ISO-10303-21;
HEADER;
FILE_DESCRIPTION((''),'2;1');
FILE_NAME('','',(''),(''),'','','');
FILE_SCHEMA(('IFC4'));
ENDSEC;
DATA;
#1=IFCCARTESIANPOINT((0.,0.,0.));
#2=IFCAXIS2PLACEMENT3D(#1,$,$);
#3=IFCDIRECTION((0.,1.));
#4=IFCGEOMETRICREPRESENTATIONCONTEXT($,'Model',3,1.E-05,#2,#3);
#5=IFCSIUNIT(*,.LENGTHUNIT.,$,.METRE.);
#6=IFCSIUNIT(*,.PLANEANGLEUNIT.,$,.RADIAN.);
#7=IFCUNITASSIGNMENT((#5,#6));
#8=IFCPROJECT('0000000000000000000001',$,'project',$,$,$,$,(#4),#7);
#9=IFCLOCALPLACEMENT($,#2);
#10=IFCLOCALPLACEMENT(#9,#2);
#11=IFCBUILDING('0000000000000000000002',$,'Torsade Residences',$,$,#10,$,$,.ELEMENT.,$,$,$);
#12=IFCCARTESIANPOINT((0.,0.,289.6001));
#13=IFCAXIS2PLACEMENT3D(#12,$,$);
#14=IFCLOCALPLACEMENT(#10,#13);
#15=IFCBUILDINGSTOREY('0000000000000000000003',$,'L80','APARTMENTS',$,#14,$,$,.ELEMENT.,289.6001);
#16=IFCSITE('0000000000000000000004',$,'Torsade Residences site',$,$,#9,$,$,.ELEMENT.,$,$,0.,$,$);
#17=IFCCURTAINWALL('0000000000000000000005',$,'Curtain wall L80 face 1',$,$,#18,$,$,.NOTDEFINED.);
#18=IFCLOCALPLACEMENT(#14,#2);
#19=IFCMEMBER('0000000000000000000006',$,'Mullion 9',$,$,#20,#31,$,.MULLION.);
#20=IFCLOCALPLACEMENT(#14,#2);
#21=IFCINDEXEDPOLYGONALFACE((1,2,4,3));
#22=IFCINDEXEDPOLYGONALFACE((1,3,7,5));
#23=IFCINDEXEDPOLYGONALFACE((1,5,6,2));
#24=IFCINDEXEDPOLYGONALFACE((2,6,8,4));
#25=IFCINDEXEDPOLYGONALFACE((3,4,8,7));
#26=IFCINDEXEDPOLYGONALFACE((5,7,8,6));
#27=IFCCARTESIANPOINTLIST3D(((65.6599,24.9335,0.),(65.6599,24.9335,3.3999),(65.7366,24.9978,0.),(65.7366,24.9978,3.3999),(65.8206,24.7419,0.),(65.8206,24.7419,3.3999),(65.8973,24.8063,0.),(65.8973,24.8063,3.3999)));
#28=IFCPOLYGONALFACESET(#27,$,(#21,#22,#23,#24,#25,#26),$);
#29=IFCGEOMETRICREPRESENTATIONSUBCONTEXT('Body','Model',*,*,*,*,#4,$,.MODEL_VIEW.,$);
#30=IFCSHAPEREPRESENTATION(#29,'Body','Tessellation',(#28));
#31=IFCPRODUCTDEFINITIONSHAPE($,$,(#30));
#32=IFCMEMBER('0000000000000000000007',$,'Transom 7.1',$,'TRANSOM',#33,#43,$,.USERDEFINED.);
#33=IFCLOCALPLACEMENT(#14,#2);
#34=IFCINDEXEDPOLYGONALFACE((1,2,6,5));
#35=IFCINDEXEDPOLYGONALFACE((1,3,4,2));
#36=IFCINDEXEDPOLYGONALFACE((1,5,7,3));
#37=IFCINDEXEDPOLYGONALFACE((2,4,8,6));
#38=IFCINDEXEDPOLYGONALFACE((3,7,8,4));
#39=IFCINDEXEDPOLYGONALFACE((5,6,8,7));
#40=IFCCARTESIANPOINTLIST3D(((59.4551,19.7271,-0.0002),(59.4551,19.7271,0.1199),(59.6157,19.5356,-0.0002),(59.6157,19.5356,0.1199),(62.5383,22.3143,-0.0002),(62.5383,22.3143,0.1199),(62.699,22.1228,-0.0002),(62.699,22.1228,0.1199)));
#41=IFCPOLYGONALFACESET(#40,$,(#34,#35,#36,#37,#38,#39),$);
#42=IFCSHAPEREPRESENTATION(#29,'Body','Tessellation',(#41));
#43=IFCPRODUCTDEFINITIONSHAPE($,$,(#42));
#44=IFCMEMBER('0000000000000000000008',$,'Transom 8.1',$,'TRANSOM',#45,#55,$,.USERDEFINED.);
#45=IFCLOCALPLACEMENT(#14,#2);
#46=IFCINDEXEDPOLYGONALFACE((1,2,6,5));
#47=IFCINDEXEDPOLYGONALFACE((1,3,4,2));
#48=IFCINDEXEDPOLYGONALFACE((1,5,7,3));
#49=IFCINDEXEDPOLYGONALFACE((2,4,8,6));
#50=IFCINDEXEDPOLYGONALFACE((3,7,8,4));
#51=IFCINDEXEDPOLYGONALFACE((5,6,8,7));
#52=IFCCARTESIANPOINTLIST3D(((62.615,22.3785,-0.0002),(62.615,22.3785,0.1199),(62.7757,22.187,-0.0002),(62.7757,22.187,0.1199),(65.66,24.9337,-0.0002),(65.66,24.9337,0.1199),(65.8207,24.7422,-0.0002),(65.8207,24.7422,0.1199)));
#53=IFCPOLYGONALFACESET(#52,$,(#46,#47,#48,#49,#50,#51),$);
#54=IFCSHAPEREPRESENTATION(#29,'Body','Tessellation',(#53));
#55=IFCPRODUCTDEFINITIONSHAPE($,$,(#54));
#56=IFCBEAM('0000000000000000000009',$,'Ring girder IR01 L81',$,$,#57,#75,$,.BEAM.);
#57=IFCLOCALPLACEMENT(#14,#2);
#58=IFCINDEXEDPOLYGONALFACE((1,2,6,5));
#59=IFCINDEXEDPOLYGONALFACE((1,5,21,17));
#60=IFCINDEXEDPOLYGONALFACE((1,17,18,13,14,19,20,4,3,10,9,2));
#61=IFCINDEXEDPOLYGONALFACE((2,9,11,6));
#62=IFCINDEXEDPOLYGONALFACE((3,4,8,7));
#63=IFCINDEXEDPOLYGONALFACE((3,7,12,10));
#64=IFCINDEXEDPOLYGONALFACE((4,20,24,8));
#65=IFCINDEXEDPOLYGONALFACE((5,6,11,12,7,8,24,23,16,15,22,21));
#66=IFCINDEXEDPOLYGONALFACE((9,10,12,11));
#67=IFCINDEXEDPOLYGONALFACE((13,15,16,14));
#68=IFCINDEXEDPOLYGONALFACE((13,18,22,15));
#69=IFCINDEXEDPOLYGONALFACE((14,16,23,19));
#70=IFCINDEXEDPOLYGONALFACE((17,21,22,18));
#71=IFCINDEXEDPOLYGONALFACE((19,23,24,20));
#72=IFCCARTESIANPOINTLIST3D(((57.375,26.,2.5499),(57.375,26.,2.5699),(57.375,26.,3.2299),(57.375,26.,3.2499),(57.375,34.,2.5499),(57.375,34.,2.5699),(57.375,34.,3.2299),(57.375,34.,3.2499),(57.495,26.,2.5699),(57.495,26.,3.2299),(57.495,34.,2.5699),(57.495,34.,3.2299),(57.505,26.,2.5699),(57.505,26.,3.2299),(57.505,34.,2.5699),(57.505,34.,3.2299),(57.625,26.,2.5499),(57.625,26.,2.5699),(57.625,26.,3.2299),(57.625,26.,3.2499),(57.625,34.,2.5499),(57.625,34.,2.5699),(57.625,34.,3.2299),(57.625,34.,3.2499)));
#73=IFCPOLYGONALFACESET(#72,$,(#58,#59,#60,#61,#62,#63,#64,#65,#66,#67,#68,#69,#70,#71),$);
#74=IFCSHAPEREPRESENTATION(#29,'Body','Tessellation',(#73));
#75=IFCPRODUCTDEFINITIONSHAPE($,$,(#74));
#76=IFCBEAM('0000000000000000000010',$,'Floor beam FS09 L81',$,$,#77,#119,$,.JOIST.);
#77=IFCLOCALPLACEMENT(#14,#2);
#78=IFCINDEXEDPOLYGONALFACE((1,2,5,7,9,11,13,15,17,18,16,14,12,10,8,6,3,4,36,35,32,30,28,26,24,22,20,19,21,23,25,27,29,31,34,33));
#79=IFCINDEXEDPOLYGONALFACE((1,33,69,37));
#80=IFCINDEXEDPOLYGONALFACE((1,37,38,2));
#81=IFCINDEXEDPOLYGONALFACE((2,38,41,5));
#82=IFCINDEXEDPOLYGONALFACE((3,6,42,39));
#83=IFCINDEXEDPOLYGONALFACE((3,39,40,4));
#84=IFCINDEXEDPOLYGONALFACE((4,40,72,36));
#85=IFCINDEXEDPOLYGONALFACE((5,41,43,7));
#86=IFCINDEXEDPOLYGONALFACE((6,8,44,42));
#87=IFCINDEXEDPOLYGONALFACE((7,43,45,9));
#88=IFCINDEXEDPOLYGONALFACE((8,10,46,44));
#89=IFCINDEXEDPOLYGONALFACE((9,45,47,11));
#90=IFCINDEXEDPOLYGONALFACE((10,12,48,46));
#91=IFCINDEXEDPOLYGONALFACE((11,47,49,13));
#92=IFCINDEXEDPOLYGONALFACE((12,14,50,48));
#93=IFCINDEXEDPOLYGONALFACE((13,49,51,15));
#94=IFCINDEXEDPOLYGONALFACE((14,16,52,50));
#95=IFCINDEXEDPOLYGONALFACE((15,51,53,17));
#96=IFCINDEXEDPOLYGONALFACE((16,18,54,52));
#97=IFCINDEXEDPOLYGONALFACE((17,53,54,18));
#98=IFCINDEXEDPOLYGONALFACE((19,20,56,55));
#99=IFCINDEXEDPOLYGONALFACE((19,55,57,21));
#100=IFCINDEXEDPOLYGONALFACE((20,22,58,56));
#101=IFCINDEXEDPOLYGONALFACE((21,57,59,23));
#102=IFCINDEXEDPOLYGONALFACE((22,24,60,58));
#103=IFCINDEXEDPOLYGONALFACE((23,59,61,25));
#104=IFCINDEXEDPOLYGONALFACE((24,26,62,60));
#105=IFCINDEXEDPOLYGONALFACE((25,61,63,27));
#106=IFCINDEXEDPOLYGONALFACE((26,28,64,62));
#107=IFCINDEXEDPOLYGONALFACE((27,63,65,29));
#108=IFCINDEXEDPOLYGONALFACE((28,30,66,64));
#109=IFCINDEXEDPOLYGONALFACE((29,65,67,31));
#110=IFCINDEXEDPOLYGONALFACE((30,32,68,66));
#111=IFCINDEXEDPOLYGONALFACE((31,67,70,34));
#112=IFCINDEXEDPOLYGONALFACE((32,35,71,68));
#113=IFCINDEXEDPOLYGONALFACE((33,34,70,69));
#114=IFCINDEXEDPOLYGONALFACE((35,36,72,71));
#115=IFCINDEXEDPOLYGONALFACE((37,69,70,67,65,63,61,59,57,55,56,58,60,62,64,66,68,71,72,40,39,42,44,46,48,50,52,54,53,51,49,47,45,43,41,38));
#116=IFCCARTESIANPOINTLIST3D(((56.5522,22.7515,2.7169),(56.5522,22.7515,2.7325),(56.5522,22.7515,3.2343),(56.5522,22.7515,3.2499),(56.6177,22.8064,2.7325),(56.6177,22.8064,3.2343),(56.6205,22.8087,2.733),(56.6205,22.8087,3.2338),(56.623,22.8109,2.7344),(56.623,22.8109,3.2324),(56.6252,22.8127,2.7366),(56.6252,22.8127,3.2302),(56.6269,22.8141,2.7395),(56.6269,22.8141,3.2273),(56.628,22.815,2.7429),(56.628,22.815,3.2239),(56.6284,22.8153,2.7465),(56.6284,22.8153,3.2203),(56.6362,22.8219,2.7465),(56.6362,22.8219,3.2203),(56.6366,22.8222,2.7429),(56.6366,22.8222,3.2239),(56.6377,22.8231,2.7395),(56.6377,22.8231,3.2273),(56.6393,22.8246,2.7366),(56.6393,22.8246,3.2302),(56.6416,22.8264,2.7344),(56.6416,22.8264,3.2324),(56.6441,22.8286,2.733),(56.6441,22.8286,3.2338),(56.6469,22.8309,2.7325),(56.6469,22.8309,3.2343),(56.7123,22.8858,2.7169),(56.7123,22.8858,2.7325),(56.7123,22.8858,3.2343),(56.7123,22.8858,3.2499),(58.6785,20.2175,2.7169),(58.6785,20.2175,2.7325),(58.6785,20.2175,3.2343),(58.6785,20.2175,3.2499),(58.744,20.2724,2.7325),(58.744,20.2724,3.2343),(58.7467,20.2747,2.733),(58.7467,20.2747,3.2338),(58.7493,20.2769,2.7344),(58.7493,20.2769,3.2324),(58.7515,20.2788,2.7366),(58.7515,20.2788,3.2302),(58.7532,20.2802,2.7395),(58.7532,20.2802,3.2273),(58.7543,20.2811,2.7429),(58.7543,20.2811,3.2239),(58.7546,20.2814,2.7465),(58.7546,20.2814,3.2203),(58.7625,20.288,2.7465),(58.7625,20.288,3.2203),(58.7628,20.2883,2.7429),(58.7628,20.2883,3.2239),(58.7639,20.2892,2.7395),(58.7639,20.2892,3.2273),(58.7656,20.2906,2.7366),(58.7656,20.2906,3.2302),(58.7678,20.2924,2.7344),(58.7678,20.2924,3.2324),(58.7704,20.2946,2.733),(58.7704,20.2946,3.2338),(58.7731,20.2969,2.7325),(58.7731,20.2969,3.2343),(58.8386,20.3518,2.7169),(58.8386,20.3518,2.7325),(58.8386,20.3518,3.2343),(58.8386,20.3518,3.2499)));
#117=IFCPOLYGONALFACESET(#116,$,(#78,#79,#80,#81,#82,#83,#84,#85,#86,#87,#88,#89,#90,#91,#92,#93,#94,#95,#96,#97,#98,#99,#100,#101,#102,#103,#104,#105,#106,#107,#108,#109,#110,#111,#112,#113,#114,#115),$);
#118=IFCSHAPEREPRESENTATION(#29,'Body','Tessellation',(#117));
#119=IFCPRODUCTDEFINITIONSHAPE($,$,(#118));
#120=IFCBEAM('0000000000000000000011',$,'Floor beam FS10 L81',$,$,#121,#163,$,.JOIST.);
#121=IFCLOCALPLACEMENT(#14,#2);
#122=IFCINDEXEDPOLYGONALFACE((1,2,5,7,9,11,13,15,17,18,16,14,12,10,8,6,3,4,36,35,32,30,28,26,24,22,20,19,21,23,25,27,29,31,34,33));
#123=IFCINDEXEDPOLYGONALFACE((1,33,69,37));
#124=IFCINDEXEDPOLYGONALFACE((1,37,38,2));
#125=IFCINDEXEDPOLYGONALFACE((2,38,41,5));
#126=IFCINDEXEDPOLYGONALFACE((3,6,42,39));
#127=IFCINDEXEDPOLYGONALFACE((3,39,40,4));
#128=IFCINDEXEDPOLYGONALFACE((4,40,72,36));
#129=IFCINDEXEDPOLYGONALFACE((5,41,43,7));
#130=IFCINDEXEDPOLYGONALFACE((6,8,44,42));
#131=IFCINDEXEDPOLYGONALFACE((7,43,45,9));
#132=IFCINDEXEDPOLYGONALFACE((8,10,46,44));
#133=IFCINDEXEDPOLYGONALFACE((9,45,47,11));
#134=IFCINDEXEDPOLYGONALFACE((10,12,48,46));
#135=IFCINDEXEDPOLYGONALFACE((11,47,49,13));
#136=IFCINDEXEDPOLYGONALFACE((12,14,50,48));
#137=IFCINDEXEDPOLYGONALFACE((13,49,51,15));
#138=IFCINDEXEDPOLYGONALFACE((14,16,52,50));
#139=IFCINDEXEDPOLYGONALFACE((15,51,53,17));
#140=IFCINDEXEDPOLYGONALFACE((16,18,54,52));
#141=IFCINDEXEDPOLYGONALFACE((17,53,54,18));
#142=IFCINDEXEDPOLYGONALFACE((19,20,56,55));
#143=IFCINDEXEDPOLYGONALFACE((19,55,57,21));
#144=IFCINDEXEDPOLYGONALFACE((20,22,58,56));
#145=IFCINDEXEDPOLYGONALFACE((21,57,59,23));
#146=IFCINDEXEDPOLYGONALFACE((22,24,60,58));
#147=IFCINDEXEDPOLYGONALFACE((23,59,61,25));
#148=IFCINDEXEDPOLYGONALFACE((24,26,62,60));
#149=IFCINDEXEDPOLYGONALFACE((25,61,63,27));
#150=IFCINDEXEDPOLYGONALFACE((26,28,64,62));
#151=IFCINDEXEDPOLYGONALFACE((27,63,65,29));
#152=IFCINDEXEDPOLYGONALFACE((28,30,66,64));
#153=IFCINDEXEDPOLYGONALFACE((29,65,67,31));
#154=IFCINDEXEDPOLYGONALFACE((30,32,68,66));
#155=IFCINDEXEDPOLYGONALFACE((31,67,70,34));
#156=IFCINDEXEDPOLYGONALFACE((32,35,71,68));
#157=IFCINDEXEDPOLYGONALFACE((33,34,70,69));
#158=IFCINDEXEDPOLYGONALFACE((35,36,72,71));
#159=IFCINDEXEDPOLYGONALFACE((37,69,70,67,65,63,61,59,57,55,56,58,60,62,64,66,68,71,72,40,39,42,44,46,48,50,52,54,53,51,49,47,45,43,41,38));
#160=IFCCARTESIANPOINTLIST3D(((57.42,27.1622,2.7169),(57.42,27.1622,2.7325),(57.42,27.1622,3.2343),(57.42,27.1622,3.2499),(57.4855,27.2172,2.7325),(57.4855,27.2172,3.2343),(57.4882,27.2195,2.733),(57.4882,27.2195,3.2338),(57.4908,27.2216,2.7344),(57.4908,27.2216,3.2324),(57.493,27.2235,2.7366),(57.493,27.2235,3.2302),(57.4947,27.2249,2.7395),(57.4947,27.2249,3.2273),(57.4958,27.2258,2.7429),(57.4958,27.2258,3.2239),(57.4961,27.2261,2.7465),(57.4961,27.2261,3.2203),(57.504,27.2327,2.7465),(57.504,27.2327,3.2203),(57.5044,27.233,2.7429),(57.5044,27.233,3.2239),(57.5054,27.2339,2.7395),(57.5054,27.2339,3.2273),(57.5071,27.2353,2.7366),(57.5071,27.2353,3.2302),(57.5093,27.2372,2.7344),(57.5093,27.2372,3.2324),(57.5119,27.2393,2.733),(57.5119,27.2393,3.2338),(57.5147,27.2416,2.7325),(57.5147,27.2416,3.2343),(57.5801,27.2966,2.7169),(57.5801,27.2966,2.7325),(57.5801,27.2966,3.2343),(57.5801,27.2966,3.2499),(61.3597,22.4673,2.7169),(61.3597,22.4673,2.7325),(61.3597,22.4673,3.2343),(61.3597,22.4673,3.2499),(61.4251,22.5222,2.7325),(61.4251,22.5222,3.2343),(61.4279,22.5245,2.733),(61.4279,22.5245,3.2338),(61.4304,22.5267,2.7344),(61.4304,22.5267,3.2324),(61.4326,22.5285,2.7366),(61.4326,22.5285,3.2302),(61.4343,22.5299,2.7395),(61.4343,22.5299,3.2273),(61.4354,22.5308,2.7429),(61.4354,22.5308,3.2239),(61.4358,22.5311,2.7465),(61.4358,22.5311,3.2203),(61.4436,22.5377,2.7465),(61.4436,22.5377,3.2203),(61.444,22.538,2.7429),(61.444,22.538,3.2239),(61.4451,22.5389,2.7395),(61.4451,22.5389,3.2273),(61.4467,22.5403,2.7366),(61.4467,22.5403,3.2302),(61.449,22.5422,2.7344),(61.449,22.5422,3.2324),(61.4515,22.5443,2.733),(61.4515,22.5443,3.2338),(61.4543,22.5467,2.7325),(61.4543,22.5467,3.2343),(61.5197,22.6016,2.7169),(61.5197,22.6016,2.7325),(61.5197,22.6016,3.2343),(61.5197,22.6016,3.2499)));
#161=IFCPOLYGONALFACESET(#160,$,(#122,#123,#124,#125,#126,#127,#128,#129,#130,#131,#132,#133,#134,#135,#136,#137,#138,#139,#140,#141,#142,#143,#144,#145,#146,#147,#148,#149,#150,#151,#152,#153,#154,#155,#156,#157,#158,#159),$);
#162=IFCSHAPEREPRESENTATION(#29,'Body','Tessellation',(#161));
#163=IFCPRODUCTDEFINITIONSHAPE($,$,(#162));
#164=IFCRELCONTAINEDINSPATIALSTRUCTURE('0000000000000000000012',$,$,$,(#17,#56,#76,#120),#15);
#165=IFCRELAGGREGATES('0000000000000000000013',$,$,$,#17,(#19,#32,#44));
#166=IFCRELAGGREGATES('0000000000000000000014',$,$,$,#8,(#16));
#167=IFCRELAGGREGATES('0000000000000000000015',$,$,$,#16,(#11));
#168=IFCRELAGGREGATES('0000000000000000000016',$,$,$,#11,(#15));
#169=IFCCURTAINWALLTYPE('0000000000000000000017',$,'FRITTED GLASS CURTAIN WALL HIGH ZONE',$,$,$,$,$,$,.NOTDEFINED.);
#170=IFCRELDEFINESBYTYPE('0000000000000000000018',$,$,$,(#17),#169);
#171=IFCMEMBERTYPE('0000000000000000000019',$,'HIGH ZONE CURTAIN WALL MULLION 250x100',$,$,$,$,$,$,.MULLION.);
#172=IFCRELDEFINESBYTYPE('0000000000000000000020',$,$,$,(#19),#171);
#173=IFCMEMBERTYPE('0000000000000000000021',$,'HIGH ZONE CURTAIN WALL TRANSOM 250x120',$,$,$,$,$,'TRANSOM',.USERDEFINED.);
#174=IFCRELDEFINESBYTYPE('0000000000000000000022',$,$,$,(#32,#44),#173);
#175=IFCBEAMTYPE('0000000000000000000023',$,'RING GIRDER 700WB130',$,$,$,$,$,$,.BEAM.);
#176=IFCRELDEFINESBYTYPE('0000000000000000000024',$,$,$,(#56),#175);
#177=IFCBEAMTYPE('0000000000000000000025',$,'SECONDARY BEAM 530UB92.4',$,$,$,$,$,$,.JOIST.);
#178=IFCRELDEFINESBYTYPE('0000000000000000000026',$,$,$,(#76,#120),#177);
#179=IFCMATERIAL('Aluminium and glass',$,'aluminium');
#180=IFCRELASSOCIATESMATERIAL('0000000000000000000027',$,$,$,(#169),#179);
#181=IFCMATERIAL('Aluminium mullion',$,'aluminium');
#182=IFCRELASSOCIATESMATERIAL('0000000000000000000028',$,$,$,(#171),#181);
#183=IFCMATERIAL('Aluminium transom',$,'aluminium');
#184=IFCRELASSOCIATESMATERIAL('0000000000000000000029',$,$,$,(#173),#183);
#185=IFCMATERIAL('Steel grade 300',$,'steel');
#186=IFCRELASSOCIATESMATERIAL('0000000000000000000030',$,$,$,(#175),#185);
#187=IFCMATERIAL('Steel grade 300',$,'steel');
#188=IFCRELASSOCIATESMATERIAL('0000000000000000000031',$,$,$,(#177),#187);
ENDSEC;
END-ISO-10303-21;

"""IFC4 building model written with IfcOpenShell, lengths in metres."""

from ifc_helpers import new_model, si_unit, direction, frame, origin, origin_2d, place, context, subcontext, project, spatial, rectangle, i_section, extrude, material, material_profile, profile_set, type_object, element, aggregate, save


model = new_model("IFC4")

# Units and contexts
model_context = context("Model", 3, precision=1e-05, world=origin(), true_north=direction((0.0, 1.0)))
body_context = subcontext(model_context, "Body", "Model", "MODEL_VIEW")
ifc_project = project(units=[si_unit("LENGTHUNIT", "METRE"), si_unit("PLANEANGLEUNIT", "RADIAN")], contexts=[model_context])

# Site, building, storey
site_placement = place(None, origin())
site = spatial("IfcSite", under=ifc_project, at=site_placement, Name="Torsade Residences site", CompositionType="ELEMENT", RefElevation=0.0)
building_placement = place(site_placement, origin())
building = spatial("IfcBuilding", under=site, at=building_placement, Name="Torsade Residences", CompositionType="ELEMENT")
storey_placement = place(building_placement, frame((0.0, 0.0, 289.6001)))
storey = spatial("IfcBuildingStorey", under=building, at=storey_placement, Name="L80", Description="APARTMENTS", CompositionType="ELEMENT", Elevation=289.6001)

# Curtain wall, members
ifc_material_1 = material(Name="Aluminium and glass", Category="aluminium")
curtain_wall_type = type_object("IfcCurtainWallType", Name="FRITTED GLASS CURTAIN WALL HIGH ZONE", PredefinedType="NOTDEFINED", material=ifc_material_1)
curtain_wall_placement = place(storey_placement, origin())
curtain_wall = element("IfcCurtainWall", 1, at=curtain_wall_placement, inside=storey, type_object=curtain_wall_type, Name="Curtain wall L80 face 1", PredefinedType="NOTDEFINED")
ifc_material_2 = material(Name="Aluminium mullion", Category="aluminium")
ifc_material_profile_1 = material_profile(ifc_material_2, rectangle(XDim=0.25, YDim=0.1001, at=origin_2d()), Name="HIGH ZONE CURTAIN WALL MULLION 250x100")
ifc_profile_set_1 = profile_set([ifc_material_profile_1], Name="Aluminium mullion")
member_type_1 = type_object("IfcMemberType", Name="HIGH ZONE CURTAIN WALL MULLION 250x100", PredefinedType="MULLION", material=ifc_profile_set_1)
member_1_placement = place(storey_placement, frame((65.7786, 24.8699, 0.0), z_axis=(0.0, 0.0, 1.0), x_axis=(-0.642788, 0.766044, 0.0)))
member_1 = element("IfcMember", 2, at=member_1_placement, type_object=member_type_1, Name="Mullion 9", PredefinedType="MULLION", context=body_context, shape_type="SweptSolid", body=[
    extrude(rectangle(XDim=0.25, YDim=0.1001, at=origin_2d()), origin(), (0.0, 0.0, 1.0), 3.3999),
])
ifc_material_3 = material(Name="Aluminium transom", Category="aluminium")
ifc_material_profile_2 = material_profile(ifc_material_3, rectangle(XDim=0.25, YDim=0.1201, at=origin_2d()), Name="HIGH ZONE CURTAIN WALL TRANSOM 250x120")
ifc_profile_set_2 = profile_set([ifc_material_profile_2], Name="Aluminium transom")
member_type_2 = type_object("IfcMemberType", Name="HIGH ZONE CURTAIN WALL TRANSOM 250x120", ElementType="TRANSOM", PredefinedType="USERDEFINED", material=ifc_profile_set_2)
member_2_placement = place(storey_placement, frame((59.5354, 19.6313, 0.0598), z_axis=(0.766044, 0.642788, 0.0), x_axis=(-0.642788, 0.766044, 0.0)))
member_2 = element("IfcMember", 3, at=member_2_placement, type_object=member_type_2, Name="Transom 7.1", ObjectType="TRANSOM", PredefinedType="USERDEFINED", context=body_context, shape_type="SweptSolid", body=[
    extrude(rectangle(XDim=0.25, YDim=0.1201, at=origin_2d()), origin(), (0.0, 0.0, 1.0), 4.0249),
])
member_3_placement = place(storey_placement, frame((62.6953, 22.2827, 0.0598), z_axis=(0.766022, 0.642815, 0.0), x_axis=(-0.642815, 0.766022, 0.0)))
member_3 = element("IfcMember", 4, at=member_3_placement, type_object=member_type_2, Name="Transom 8.1", ObjectType="TRANSOM", PredefinedType="USERDEFINED", context=body_context, shape_type="SweptSolid", body=[
    extrude(rectangle(XDim=0.25, YDim=0.1201, at=origin_2d()), origin(), (0.0, 0.0, 1.0), 3.9751),
])

# Beams
ifc_material_4 = material(Name="Steel grade 300", Category="steel")
ifc_material_profile_3 = material_profile(ifc_material_4, i_section(OverallWidth=0.25, OverallDepth=0.7, WebThickness=0.01, FlangeThickness=0.02, at=origin_2d()), Name="700WB130")
ifc_profile_set_3 = profile_set([ifc_material_profile_3], Name="Steel grade 300")
beam_type_1 = type_object("IfcBeamType", Name="RING GIRDER 700WB130", PredefinedType="BEAM", material=ifc_profile_set_3)
beam_1_placement = place(storey_placement, frame((57.5, 26.0, 2.8999), z_axis=(0.0, 1.0, 0.0), x_axis=(-1.0, 0.0, 0.0)))
element("IfcBeam", 5, at=beam_1_placement, inside=storey, type_object=beam_type_1, Name="Ring girder IR01 L81", PredefinedType="BEAM", context=body_context, shape_type="SweptSolid", body=[
    extrude(i_section(OverallWidth=0.25, OverallDepth=0.7, WebThickness=0.01, FlangeThickness=0.02, at=origin_2d()), origin(), (0.0, 0.0, 1.0), 8.0),
])
ifc_material_5 = material(Name="Steel grade 300", Category="steel")
ifc_material_profile_4 = material_profile(ifc_material_5, i_section(OverallWidth=0.209, OverallDepth=0.533, WebThickness=0.0103, FlangeThickness=0.0156, FilletRadius=0.0139, at=origin_2d()), Name="530UB92.4")
ifc_profile_set_4 = profile_set([ifc_material_profile_4], Name="Steel grade 300")
beam_type_2 = type_object("IfcBeamType", Name="SECONDARY BEAM 530UB92.4", PredefinedType="JOIST", material=ifc_profile_set_4)
beam_2_placement = place(storey_placement, frame((58.7585, 20.2847, 2.9834), z_axis=(-0.642787, 0.766045, 0.0), x_axis=(-0.766045, -0.642787, 0.0)))
element("IfcBeam", 6, at=beam_2_placement, inside=storey, type_object=beam_type_2, Name="Floor beam FS09 L81", PredefinedType="JOIST", context=body_context, shape_type="SweptSolid", body=[
    extrude(i_section(OverallWidth=0.209, OverallDepth=0.533, WebThickness=0.0103, FlangeThickness=0.0156, FilletRadius=0.0139, at=origin_2d()), origin(), (0.0, 0.0, 1.0), 3.3079),
])
beam_3_placement = place(storey_placement, frame((61.4397, 22.5344, 2.9834), z_axis=(-0.642794, 0.766039, 0.0), x_axis=(-0.766039, -0.642794, 0.0)))
element("IfcBeam", 7, at=beam_3_placement, inside=storey, type_object=beam_type_2, Name="Floor beam FS10 L81", PredefinedType="JOIST", context=body_context, shape_type="SweptSolid", body=[
    extrude(i_section(OverallWidth=0.209, OverallDepth=0.533, WebThickness=0.0103, FlangeThickness=0.0156, FilletRadius=0.0139, at=origin_2d()), origin(), (0.0, 0.0, 1.0), 6.1289),
])

aggregate(curtain_wall, [member_1, member_2, member_3])

save(model, "model.ifc")
